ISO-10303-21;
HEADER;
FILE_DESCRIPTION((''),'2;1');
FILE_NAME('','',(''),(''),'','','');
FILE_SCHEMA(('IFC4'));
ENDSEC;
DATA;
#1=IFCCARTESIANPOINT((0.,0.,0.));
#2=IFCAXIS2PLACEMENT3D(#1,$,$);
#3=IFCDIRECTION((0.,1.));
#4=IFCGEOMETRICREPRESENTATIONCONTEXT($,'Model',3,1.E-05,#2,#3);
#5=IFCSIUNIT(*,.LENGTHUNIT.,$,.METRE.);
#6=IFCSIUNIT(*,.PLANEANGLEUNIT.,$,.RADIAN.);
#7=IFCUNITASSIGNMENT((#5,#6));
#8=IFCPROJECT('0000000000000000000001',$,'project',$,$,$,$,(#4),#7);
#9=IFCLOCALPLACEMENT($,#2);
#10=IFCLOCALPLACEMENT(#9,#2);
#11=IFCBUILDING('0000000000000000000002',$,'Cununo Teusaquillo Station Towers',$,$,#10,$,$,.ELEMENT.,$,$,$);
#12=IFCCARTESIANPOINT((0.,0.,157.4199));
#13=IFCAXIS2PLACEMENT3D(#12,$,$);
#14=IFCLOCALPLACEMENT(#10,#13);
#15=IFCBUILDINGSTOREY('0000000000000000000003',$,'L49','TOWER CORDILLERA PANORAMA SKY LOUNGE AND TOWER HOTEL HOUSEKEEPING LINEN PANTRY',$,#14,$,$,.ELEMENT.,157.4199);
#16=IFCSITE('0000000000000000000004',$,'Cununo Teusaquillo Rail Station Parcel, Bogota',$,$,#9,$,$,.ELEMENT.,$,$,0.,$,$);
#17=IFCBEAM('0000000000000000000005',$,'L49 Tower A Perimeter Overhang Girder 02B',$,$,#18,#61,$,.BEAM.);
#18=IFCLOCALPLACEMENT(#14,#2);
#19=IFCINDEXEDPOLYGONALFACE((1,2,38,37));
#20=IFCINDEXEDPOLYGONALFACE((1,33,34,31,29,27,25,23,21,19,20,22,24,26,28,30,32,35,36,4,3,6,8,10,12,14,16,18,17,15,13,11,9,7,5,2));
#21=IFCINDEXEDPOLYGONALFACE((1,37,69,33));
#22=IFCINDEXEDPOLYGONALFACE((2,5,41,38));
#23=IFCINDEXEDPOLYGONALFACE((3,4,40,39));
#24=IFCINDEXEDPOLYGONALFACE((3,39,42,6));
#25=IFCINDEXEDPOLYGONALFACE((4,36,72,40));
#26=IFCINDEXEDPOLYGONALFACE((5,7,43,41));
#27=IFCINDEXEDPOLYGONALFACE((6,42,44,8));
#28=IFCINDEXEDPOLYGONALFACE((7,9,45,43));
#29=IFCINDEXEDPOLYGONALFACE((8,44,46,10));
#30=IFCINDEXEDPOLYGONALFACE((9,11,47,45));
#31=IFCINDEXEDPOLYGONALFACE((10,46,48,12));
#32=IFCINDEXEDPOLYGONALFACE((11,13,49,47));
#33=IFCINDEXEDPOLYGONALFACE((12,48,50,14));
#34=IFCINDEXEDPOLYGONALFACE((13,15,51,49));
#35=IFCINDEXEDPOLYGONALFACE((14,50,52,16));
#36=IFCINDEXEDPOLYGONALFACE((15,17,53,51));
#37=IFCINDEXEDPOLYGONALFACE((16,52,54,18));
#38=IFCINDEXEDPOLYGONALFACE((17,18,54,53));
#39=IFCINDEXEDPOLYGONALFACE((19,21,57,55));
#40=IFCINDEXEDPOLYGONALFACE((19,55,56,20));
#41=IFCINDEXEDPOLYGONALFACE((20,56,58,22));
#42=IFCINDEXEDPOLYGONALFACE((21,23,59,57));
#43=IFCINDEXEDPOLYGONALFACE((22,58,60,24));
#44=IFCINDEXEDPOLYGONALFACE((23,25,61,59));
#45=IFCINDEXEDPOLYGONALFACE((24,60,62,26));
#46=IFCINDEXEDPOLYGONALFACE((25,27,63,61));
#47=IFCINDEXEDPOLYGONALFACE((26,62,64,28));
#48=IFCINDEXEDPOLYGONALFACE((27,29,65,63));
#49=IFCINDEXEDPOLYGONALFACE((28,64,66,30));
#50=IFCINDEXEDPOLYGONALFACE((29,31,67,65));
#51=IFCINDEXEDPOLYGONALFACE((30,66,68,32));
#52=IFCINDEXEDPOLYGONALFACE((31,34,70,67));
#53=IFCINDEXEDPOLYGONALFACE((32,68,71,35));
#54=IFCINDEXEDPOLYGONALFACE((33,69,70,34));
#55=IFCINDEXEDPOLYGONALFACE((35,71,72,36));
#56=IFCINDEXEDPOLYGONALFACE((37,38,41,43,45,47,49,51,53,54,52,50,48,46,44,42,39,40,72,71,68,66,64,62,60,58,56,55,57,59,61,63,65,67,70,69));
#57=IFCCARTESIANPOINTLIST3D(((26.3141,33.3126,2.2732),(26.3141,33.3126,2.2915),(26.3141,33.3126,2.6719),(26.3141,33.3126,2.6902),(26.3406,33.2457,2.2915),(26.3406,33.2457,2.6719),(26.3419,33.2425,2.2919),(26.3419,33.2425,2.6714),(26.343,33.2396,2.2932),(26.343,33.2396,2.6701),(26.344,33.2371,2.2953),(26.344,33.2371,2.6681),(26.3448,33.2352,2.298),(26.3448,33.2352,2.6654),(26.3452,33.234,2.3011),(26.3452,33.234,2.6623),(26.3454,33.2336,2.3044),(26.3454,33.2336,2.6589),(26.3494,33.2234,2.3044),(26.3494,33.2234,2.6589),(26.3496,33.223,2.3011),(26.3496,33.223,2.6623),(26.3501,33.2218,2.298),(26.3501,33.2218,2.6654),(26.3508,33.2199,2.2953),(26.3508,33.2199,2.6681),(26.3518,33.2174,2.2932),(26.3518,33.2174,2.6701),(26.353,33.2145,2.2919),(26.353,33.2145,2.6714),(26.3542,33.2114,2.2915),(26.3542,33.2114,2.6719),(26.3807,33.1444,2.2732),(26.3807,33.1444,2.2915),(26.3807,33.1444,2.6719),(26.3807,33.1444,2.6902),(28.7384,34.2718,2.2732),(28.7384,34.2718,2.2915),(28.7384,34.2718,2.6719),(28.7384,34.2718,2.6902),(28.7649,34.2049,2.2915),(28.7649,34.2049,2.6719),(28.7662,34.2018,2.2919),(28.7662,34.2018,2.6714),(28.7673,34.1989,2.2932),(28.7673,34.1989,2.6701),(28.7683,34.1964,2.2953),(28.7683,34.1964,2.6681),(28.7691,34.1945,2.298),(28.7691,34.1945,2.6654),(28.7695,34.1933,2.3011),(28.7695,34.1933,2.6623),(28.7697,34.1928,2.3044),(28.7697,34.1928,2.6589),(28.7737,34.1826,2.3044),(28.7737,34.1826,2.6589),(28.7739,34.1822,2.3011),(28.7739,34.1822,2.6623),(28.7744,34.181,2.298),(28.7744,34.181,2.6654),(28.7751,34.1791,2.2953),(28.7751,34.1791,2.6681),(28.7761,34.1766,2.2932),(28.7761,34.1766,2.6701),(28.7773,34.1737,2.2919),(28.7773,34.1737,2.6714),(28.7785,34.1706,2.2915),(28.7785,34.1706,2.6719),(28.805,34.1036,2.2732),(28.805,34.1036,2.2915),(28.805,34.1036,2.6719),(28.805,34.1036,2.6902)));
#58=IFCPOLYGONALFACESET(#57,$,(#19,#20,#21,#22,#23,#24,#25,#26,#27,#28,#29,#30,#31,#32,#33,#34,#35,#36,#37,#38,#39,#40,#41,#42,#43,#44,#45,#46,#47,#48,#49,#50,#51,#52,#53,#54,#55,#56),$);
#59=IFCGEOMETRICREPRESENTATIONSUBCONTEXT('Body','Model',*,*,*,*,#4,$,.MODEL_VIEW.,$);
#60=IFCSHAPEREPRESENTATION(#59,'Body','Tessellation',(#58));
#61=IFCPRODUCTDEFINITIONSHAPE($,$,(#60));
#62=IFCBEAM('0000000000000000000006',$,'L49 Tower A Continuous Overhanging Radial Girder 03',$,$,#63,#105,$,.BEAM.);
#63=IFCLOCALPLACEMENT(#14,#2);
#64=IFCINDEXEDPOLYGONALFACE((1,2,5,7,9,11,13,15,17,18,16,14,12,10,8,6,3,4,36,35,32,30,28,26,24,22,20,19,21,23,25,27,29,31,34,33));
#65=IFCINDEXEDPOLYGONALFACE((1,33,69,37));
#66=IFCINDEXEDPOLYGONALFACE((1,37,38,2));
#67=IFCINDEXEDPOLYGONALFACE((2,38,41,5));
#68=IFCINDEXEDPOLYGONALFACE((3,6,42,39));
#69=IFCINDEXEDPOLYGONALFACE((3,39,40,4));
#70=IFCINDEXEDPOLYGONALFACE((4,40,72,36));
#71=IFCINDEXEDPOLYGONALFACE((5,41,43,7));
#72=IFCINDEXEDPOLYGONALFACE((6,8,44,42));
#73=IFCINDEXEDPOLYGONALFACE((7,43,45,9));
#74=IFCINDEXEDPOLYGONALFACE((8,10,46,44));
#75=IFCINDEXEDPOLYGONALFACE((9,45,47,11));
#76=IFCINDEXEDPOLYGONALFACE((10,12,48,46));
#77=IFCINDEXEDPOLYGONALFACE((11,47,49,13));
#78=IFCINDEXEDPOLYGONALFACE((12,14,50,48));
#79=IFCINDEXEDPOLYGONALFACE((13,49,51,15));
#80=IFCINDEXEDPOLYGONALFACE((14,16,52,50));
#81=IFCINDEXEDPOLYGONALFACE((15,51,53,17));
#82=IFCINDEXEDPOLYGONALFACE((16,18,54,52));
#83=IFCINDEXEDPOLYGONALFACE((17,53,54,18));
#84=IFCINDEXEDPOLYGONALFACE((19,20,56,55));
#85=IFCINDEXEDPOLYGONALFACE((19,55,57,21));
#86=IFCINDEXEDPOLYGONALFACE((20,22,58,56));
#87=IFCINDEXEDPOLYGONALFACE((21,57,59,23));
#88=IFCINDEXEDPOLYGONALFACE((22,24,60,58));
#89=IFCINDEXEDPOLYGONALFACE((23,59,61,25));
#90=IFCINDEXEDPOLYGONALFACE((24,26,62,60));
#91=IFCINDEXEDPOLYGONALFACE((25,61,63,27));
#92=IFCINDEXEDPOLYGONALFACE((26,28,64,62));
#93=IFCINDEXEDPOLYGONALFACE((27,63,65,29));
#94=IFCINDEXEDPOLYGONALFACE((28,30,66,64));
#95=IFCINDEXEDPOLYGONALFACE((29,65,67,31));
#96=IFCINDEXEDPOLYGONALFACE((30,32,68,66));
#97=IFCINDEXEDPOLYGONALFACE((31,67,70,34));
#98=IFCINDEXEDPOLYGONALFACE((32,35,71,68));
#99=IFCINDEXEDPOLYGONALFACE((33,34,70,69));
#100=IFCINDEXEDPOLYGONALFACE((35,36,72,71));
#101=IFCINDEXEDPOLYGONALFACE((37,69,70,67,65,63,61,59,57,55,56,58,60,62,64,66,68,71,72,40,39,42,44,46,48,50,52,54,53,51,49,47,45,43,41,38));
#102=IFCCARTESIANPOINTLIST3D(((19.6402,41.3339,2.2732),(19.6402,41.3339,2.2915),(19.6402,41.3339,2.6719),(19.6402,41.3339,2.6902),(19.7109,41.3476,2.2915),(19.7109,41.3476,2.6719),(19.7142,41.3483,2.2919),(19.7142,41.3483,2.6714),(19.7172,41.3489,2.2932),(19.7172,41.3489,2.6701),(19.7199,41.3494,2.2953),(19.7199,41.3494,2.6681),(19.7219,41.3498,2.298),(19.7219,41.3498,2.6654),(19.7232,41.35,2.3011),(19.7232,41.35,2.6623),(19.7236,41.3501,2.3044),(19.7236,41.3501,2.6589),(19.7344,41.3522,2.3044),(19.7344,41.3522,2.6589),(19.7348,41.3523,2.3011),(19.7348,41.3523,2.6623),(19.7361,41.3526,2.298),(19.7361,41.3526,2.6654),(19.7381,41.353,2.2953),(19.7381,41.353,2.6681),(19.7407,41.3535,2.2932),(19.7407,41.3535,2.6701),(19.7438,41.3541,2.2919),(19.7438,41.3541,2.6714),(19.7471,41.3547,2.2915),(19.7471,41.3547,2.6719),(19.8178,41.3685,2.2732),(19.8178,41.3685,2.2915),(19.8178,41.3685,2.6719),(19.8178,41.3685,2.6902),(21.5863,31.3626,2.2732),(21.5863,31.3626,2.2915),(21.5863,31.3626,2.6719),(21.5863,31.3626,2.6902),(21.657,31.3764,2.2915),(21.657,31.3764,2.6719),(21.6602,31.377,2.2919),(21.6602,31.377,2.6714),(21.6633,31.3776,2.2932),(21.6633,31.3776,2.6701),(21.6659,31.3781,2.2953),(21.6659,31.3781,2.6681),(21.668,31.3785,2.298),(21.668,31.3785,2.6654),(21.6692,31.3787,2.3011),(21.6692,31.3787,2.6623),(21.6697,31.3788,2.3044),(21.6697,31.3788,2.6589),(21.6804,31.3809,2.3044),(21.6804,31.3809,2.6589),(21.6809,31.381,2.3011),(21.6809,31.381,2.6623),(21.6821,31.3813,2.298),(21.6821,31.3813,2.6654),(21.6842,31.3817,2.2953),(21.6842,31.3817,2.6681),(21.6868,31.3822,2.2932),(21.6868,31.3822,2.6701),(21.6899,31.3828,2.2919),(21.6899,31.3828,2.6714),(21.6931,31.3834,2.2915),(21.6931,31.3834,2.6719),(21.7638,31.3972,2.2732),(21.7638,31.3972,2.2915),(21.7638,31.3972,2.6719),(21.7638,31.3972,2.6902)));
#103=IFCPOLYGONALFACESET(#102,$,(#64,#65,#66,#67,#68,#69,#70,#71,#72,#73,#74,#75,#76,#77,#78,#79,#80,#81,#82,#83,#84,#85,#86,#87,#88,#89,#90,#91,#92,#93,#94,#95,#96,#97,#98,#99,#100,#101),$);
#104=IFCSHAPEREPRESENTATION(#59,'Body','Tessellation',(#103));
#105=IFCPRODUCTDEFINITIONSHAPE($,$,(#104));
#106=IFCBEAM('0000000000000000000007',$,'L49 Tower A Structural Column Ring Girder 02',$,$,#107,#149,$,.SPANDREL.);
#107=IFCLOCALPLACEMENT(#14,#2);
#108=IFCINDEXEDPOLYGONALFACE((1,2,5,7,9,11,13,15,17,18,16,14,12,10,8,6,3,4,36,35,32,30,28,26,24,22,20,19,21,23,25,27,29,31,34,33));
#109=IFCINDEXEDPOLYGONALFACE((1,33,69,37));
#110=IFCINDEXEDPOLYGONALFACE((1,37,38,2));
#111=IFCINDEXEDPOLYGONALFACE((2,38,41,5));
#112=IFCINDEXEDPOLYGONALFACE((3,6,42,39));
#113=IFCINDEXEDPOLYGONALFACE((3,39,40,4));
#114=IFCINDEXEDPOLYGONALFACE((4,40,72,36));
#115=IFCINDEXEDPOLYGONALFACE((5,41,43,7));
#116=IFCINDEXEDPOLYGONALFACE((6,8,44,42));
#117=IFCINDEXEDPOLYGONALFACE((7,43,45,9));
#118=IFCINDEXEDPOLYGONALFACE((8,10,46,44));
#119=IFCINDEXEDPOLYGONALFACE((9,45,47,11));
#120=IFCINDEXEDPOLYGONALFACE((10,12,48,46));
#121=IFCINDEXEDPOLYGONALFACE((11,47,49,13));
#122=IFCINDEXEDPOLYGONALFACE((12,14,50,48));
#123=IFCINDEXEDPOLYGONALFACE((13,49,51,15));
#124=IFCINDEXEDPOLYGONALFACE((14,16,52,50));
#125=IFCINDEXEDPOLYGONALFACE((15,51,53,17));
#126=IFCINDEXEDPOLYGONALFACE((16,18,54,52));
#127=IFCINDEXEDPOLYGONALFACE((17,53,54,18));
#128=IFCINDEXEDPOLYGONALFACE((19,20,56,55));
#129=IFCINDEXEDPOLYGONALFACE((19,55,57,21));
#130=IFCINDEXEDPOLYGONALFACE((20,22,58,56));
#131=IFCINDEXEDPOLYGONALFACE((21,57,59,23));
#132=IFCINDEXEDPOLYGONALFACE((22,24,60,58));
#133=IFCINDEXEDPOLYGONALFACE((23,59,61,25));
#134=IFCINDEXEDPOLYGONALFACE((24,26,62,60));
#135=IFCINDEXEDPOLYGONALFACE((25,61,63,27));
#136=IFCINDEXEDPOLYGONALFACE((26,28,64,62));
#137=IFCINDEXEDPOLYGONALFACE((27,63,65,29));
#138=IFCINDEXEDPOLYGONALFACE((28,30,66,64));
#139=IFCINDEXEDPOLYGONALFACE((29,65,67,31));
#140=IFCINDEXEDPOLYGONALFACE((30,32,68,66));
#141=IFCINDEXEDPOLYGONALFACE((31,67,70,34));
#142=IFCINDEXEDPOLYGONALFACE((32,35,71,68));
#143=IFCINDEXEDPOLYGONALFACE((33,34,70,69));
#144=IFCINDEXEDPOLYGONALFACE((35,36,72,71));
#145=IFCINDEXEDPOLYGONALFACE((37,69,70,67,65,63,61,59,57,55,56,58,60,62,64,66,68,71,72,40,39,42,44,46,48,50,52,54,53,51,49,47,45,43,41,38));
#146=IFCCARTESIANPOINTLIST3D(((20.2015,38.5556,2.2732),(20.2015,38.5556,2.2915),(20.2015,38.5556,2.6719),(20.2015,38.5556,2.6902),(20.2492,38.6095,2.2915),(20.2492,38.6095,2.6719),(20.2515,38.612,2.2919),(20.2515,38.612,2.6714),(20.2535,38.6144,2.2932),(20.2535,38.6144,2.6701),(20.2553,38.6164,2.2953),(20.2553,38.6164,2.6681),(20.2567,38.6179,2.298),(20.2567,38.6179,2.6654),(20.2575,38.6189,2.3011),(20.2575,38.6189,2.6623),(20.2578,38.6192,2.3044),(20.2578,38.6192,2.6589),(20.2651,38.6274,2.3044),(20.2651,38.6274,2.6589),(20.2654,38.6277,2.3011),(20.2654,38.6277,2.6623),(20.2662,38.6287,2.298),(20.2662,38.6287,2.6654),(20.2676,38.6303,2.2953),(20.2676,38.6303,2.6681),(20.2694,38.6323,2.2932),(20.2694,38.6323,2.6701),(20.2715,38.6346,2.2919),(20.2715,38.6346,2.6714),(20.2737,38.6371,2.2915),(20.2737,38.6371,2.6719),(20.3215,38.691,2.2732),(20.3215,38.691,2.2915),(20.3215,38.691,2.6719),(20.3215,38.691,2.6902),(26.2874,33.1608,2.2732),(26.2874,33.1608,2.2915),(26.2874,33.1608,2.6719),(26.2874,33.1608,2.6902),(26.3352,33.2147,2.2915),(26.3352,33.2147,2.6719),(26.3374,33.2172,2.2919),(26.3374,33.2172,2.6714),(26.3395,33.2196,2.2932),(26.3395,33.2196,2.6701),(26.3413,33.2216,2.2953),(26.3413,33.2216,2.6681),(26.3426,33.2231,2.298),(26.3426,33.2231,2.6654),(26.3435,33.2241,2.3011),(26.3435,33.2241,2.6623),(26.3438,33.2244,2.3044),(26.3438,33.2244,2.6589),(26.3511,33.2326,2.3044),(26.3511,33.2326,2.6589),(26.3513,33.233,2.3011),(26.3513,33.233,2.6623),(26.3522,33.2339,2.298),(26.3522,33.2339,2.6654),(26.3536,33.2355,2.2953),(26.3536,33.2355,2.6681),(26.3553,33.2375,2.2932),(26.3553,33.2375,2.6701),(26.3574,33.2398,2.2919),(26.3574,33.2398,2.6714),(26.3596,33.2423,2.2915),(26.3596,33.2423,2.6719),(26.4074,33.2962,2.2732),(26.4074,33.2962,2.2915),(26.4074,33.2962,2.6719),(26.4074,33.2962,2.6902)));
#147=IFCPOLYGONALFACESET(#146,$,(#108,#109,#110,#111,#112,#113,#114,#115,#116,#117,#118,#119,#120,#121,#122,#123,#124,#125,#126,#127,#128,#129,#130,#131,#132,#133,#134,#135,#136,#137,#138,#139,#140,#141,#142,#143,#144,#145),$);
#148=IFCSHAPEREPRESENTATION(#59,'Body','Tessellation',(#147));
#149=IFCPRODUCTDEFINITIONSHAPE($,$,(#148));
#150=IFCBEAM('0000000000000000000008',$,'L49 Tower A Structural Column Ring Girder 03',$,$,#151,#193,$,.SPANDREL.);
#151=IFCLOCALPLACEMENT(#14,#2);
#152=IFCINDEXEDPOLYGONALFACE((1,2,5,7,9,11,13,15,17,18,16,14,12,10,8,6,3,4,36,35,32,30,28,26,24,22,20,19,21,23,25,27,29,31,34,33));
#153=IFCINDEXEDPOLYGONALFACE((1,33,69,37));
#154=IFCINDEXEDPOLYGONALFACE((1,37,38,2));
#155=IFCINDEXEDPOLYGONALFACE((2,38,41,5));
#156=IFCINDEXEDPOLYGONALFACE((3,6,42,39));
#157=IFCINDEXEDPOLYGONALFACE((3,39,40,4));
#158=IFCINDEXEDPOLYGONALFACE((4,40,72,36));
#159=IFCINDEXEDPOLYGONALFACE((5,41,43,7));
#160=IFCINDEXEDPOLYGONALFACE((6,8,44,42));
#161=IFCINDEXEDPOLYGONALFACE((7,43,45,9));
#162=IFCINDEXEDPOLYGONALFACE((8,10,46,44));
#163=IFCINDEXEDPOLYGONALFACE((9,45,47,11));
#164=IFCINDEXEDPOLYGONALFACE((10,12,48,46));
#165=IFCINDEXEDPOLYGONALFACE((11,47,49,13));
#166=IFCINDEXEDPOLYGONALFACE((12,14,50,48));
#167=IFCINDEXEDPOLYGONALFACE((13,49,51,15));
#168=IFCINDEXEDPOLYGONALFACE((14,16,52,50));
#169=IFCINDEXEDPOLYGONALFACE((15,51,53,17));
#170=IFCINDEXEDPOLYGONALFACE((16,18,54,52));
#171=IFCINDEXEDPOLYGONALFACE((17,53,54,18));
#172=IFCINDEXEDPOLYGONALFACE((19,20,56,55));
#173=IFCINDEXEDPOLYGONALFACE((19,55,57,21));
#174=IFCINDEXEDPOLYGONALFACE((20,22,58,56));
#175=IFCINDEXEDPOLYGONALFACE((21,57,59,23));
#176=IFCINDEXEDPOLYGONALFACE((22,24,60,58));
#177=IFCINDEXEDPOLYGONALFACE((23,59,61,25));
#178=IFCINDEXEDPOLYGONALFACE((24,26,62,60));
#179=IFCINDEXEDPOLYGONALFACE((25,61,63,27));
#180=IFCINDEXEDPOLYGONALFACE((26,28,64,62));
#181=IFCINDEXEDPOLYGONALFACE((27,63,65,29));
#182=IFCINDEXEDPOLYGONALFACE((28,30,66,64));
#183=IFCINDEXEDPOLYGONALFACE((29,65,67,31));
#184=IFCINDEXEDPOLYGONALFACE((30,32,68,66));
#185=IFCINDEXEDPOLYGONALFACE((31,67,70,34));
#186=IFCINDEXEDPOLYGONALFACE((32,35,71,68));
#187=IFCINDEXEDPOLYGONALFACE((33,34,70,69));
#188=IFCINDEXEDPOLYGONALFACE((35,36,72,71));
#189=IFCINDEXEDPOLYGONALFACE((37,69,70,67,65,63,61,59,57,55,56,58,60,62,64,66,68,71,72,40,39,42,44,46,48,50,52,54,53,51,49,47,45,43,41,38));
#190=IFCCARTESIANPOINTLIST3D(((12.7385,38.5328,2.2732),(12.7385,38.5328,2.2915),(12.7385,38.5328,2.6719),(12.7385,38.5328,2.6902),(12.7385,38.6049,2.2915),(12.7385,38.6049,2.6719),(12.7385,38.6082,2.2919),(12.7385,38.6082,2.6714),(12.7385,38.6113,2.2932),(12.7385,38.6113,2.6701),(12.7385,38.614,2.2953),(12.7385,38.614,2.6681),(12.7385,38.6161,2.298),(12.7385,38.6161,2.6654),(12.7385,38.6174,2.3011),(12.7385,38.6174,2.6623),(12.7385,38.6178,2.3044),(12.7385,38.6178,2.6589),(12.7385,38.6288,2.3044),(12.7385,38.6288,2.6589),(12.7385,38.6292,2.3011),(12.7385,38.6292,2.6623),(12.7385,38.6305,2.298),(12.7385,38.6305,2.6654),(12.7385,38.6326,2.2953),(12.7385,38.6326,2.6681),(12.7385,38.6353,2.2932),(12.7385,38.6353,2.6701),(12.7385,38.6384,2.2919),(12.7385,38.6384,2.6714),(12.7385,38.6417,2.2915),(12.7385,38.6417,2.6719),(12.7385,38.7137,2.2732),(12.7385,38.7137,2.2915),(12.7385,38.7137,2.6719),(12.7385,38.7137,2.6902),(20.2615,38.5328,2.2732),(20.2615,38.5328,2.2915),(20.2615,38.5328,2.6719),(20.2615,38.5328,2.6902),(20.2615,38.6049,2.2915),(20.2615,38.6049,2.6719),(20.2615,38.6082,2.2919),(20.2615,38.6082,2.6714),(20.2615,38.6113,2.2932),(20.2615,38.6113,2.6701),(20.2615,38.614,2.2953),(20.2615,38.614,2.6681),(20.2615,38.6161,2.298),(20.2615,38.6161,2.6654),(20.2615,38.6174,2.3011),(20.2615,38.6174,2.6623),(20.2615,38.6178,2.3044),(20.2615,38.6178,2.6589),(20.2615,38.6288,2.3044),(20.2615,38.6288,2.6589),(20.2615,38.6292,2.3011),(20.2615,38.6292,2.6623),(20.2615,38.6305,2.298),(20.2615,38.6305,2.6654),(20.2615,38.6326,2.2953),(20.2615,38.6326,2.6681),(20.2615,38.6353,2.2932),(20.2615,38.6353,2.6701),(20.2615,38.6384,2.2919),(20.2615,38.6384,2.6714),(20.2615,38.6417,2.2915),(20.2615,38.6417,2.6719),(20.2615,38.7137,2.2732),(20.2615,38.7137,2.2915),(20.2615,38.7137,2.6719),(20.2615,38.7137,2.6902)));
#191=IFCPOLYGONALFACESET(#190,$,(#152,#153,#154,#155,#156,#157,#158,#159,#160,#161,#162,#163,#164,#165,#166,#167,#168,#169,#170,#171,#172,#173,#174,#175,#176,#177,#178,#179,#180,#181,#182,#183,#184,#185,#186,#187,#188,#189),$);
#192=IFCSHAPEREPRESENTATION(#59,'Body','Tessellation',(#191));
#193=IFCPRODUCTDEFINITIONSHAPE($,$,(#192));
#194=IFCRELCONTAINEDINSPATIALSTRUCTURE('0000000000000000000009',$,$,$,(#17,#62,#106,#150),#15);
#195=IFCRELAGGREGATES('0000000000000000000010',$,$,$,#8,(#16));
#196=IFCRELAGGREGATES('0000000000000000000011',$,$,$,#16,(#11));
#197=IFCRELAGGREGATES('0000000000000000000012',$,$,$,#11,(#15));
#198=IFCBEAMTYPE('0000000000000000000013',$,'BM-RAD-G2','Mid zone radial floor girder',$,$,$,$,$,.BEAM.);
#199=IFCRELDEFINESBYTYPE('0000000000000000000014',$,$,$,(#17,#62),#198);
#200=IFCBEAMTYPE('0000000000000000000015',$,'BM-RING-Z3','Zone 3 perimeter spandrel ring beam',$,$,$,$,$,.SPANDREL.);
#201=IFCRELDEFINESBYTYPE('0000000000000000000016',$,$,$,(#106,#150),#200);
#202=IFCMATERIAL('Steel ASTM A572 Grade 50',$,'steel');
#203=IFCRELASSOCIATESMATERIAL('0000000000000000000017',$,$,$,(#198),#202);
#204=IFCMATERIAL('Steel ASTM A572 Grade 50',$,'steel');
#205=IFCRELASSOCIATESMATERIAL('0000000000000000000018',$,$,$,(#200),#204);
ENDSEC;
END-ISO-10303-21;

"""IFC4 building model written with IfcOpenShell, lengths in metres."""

from ifc_helpers import new_model, si_unit, direction, frame, origin, origin_2d, place, context, subcontext, project, spatial, i_section, extrude, material, material_profile, profile_set, type_object, element, save


model = new_model("IFC4")

# Units and contexts
model_context = context("Model", 3, precision=1e-05, world=origin(), true_north=direction((0.0, 1.0)))
body_context = subcontext(model_context, "Body", "Model", "MODEL_VIEW")
ifc_project = project(units=[si_unit("LENGTHUNIT", "METRE"), si_unit("PLANEANGLEUNIT", "RADIAN")], contexts=[model_context])

# Site, building, storey
site_placement = place(None, origin())
site = spatial("IfcSite", under=ifc_project, at=site_placement, Name="Cununo Teusaquillo Rail Station Parcel, Bogota", CompositionType="ELEMENT", RefElevation=0.0)
building_placement = place(site_placement, origin())
building = spatial("IfcBuilding", under=site, at=building_placement, Name="Cununo Teusaquillo Station Towers", CompositionType="ELEMENT")
storey_placement = place(building_placement, frame((0.0, 0.0, 157.4199)))
storey = spatial("IfcBuildingStorey", under=building, at=storey_placement, Name="L49", Description="TOWER CORDILLERA PANORAMA SKY LOUNGE AND TOWER HOTEL HOUSEKEEPING LINEN PANTRY", CompositionType="ELEMENT", Elevation=157.4199)

# Beams
ifc_material_1 = material(Name="Steel ASTM A572 Grade 50", Category="steel")
ifc_material_profile_1 = material_profile(ifc_material_1, i_section(OverallWidth=0.1809, OverallDepth=0.417, WebThickness=0.011, FlangeThickness=0.0183, FilletRadius=0.0129, at=origin_2d()), Name="W16X57")
ifc_profile_set_1 = profile_set([ifc_material_profile_1], Name="Steel ASTM A572 Grade 50")
beam_type_1 = type_object("IfcBeamType", Name="BM-RAD-G2", Description="Mid zone radial floor girder", PredefinedType="BEAM", material=ifc_profile_set_1)
beam_1_placement = place(storey_placement, frame((26.3474, 33.2285, 2.4817), z_axis=(0.929859, 0.367917, 0.0), x_axis=(-0.367917, 0.929859, 0.0)))
element("IfcBeam", 1, at=beam_1_placement, inside=storey, type_object=beam_type_1, Name="L49 Tower A Perimeter Overhang Girder 02B", PredefinedType="BEAM", context=body_context, shape_type="SweptSolid", body=[
    extrude(i_section(OverallWidth=0.1809, OverallDepth=0.417, WebThickness=0.011, FlangeThickness=0.0183, FilletRadius=0.0129, at=origin_2d()), origin(), (0.0, 0.0, 1.0), 2.6072),
])
beam_2_placement = place(storey_placement, frame((21.675, 31.3799, 2.4817), z_axis=(-0.191553, 0.981482, 0.0), x_axis=(-0.981482, -0.191553, 0.0)))
element("IfcBeam", 2, at=beam_2_placement, inside=storey, type_object=beam_type_1, Name="L49 Tower A Continuous Overhanging Radial Girder 03", PredefinedType="BEAM", context=body_context, shape_type="SweptSolid", body=[
    extrude(i_section(OverallWidth=0.1809, OverallDepth=0.417, WebThickness=0.011, FlangeThickness=0.0183, FilletRadius=0.0129, at=origin_2d()), origin(), (0.0, 0.0, 1.0), 10.1594),
])
ifc_material_2 = material(Name="Steel ASTM A572 Grade 50", Category="steel")
ifc_material_profile_2 = material_profile(ifc_material_2, i_section(OverallWidth=0.1809, OverallDepth=0.417, WebThickness=0.011, FlangeThickness=0.0183, FilletRadius=0.0129, at=origin_2d()), Name="W16X57")
ifc_profile_set_2 = profile_set([ifc_material_profile_2], Name="Steel ASTM A572 Grade 50")
beam_type_2 = type_object("IfcBeamType", Name="BM-RING-Z3", Description="Zone 3 perimeter spandrel ring beam", PredefinedType="SPANDREL", material=ifc_profile_set_2)
beam_3_placement = place(storey_placement, frame((26.3474, 33.2285, 2.4817), z_axis=(-0.748321, 0.663337, 0.0), x_axis=(-0.663337, -0.748321, 0.0)))
element("IfcBeam", 3, at=beam_3_placement, inside=storey, type_object=beam_type_2, Name="L49 Tower A Structural Column Ring Girder 02", PredefinedType="SPANDREL", context=body_context, shape_type="SweptSolid", body=[
    extrude(i_section(OverallWidth=0.1809, OverallDepth=0.417, WebThickness=0.011, FlangeThickness=0.0183, FilletRadius=0.0129, at=origin_2d()), origin(), (0.0, 0.0, 1.0), 8.1328),
])
beam_4_placement = place(storey_placement, frame((20.2615, 38.6233, 2.4817), z_axis=(-1.0, 0.0, 0.0), x_axis=(0.0, -1.0, 0.0)))
element("IfcBeam", 4, at=beam_4_placement, inside=storey, type_object=beam_type_2, Name="L49 Tower A Structural Column Ring Girder 03", PredefinedType="SPANDREL", context=body_context, shape_type="SweptSolid", body=[
    extrude(i_section(OverallWidth=0.1809, OverallDepth=0.417, WebThickness=0.011, FlangeThickness=0.0183, FilletRadius=0.0129, at=origin_2d()), origin(), (0.0, 0.0, 1.0), 7.5229),
])

save(model, "model.ifc")
